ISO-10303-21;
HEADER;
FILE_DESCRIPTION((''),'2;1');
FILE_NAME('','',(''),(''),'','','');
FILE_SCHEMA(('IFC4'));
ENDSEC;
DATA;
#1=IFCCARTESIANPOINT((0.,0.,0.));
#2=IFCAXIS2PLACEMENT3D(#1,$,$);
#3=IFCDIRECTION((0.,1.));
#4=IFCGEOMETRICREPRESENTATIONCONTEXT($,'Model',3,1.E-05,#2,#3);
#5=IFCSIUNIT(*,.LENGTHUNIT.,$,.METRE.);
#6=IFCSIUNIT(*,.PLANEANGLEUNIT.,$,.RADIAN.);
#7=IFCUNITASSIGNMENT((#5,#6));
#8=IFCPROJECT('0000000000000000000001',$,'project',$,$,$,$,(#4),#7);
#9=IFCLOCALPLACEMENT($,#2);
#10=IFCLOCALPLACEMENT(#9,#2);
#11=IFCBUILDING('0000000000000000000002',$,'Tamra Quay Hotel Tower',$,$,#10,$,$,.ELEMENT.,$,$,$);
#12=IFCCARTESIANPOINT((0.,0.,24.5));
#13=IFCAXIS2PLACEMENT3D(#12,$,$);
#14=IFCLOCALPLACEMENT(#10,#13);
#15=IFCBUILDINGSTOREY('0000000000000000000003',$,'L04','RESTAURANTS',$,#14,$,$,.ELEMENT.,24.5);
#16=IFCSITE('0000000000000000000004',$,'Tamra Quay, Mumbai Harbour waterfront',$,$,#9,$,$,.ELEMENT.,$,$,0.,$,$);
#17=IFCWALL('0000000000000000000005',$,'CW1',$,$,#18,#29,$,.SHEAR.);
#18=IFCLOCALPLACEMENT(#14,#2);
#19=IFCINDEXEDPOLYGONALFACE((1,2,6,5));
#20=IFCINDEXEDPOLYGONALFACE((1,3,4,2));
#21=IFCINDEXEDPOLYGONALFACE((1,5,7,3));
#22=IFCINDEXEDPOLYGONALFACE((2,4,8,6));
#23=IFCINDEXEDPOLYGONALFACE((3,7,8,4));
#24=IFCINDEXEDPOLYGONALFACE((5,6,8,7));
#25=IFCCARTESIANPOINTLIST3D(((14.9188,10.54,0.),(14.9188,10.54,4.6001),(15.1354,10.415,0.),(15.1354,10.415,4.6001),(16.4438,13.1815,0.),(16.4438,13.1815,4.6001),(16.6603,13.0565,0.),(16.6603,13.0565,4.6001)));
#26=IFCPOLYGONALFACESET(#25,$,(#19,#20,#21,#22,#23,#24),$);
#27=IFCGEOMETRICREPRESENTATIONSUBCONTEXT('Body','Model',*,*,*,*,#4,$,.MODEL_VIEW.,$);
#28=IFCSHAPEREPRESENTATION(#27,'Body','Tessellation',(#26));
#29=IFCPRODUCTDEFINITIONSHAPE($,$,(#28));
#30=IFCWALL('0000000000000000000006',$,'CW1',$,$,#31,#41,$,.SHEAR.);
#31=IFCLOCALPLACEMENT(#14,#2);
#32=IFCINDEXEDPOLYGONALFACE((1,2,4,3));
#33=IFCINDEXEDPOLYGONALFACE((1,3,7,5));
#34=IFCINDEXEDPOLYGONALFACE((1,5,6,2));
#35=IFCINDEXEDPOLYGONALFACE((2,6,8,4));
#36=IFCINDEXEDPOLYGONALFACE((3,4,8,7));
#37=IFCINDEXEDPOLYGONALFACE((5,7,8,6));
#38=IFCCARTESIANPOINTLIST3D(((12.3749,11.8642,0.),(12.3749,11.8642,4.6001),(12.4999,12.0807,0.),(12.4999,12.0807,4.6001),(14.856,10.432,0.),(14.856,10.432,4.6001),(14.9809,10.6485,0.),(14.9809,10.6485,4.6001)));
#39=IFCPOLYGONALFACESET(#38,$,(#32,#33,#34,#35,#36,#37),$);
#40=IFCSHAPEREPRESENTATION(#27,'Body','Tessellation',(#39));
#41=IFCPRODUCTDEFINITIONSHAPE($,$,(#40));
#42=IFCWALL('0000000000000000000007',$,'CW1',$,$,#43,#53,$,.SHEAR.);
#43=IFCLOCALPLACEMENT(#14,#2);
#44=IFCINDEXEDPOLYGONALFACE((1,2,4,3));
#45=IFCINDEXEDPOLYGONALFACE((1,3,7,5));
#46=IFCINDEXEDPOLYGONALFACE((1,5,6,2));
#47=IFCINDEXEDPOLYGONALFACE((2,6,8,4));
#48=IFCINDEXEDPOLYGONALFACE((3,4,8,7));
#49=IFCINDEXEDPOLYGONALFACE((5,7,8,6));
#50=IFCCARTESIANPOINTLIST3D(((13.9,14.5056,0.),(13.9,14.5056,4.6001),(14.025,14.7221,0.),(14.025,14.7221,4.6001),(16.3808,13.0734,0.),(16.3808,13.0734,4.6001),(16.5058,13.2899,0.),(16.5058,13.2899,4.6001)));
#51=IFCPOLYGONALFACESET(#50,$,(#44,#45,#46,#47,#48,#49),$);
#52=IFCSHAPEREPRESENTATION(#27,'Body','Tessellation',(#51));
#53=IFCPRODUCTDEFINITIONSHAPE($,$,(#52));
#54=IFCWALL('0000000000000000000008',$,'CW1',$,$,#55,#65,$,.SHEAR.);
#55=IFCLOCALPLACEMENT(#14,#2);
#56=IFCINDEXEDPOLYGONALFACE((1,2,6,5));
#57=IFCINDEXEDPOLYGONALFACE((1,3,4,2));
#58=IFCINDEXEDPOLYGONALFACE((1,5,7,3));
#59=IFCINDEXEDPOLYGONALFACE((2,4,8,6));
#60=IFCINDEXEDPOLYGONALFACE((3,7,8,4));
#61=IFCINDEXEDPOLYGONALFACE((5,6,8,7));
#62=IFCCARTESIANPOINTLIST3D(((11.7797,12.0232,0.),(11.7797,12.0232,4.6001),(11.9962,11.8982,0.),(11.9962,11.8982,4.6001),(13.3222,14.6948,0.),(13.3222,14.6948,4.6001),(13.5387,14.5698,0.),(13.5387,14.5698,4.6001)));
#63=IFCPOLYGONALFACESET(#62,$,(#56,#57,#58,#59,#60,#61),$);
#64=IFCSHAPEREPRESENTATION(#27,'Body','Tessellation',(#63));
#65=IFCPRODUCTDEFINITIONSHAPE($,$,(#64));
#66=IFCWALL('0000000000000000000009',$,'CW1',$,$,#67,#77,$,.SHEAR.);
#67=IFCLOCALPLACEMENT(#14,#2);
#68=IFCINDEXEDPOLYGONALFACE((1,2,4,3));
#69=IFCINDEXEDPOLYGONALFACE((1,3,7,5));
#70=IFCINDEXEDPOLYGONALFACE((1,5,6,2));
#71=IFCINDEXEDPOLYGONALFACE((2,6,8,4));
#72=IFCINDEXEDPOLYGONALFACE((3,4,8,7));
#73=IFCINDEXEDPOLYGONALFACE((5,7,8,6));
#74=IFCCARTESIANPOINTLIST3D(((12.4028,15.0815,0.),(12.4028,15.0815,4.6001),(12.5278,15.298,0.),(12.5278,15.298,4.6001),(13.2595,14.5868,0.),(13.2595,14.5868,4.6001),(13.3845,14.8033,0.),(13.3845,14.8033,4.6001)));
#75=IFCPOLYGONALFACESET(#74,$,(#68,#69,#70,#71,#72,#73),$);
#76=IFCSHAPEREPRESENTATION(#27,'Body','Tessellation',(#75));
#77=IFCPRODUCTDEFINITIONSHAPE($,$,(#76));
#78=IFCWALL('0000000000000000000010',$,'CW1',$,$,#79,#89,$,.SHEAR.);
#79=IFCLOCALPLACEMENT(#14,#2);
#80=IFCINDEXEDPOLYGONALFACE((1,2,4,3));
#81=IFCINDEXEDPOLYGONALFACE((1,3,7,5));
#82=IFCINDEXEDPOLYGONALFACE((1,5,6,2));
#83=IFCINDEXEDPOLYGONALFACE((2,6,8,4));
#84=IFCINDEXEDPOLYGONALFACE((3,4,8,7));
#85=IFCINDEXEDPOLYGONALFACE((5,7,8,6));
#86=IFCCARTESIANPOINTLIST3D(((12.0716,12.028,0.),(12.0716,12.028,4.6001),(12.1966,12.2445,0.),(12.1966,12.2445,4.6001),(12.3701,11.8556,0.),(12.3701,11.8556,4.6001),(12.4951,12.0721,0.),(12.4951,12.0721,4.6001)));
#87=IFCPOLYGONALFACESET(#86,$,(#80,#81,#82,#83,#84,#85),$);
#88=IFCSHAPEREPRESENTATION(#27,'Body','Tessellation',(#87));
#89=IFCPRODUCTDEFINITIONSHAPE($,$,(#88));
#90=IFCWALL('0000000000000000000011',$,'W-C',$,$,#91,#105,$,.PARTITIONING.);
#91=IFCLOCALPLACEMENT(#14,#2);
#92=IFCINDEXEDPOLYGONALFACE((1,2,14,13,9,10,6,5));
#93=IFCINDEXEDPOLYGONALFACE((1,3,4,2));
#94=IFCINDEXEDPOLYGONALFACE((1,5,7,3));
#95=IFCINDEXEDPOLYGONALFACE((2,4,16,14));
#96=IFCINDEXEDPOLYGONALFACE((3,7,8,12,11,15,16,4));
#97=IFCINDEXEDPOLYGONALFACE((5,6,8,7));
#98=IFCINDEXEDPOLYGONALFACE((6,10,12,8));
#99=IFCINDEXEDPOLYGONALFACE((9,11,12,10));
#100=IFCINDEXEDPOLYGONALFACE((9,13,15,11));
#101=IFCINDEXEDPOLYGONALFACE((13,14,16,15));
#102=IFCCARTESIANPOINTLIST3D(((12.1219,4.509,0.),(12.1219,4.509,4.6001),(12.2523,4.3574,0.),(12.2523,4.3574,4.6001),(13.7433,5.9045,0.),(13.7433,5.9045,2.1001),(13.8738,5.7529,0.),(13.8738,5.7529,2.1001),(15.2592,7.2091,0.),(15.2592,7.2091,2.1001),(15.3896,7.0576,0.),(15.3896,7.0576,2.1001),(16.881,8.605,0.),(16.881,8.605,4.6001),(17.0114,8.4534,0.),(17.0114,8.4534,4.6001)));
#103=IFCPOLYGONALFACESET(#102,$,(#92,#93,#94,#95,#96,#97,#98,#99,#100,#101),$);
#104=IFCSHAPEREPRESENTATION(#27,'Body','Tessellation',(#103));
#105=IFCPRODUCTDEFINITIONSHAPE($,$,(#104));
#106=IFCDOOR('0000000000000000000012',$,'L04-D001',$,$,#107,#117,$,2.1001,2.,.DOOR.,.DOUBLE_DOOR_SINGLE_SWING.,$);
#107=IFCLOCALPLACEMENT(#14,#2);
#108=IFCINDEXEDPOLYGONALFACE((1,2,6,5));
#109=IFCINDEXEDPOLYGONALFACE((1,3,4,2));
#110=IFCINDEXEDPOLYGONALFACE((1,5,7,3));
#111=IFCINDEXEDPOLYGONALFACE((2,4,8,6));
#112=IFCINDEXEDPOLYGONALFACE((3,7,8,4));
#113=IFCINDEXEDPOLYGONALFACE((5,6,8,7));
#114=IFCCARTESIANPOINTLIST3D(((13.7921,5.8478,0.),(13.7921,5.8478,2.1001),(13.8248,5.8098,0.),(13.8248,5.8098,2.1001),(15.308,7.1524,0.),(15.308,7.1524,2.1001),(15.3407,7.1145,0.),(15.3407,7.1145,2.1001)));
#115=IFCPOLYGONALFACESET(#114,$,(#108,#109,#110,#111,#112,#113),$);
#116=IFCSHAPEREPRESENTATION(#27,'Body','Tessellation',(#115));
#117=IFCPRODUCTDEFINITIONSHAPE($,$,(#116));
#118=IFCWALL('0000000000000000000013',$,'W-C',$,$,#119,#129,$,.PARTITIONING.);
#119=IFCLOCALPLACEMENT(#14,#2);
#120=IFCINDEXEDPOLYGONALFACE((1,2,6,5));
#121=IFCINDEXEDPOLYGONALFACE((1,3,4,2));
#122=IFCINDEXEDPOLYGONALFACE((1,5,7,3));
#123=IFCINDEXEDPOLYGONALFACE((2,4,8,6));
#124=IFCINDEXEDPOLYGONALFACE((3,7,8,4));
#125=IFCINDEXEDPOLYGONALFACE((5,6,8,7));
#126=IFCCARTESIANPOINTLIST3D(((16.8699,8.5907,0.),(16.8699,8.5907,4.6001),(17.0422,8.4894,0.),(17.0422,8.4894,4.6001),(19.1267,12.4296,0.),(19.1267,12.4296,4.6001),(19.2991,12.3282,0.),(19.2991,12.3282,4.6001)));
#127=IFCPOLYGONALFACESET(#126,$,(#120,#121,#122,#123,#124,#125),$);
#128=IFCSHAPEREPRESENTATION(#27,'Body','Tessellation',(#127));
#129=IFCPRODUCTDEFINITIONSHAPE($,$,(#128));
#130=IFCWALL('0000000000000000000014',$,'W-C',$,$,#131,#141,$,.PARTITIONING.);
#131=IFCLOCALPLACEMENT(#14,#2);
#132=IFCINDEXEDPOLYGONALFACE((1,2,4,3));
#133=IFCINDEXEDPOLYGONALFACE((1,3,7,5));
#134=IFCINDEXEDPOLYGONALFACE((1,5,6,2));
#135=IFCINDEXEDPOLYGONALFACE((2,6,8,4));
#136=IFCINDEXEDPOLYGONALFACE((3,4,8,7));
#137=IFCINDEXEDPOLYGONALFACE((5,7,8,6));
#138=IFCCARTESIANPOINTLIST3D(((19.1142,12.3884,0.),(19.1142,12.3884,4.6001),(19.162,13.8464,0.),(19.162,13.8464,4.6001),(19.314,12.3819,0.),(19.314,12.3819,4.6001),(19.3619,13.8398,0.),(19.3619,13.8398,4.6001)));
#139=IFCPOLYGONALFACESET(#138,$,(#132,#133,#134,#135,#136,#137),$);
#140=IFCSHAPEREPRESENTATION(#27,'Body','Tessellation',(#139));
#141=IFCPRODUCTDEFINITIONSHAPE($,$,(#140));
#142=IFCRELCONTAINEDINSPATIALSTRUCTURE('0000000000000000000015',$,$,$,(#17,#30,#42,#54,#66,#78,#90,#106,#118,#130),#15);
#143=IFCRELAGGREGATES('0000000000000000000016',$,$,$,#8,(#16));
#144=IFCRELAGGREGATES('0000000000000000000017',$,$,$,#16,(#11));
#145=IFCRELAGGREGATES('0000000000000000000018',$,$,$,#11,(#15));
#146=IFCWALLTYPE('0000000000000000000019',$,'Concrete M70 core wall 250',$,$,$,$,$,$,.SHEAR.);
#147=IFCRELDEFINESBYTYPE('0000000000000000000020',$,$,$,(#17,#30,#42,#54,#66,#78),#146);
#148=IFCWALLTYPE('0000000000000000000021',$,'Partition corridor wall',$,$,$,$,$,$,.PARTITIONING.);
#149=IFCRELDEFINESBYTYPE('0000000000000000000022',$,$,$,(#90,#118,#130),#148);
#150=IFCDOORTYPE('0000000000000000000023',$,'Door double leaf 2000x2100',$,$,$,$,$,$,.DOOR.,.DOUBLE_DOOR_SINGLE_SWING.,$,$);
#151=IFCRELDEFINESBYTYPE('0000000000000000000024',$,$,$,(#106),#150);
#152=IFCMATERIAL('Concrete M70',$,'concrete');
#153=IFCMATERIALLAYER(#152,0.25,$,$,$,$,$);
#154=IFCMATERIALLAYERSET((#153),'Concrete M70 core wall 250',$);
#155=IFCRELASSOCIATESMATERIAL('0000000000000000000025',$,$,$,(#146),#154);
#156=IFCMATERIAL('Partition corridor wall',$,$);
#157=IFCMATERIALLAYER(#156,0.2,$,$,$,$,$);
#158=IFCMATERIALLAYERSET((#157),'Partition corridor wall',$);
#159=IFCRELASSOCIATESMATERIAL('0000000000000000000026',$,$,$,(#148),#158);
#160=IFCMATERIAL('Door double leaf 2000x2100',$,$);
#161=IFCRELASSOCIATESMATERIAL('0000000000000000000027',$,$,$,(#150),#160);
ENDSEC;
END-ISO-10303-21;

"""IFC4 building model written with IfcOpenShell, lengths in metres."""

from ifc_helpers import new_model, si_unit, direction, frame, frame_2d, origin, place, context, subcontext, project, spatial, rectangle, extrude, material, layer, layer_set, type_object, element, fill, save


model = new_model("IFC4")

# Units and contexts
model_context = context("Model", 3, precision=1e-05, world=origin(), true_north=direction((0.0, 1.0)))
body_context = subcontext(model_context, "Body", "Model", "MODEL_VIEW")
ifc_project = project(units=[si_unit("LENGTHUNIT", "METRE"), si_unit("PLANEANGLEUNIT", "RADIAN")], contexts=[model_context])

# Site, building, storey
site_placement = place(None, origin())
site = spatial("IfcSite", under=ifc_project, at=site_placement, Name="Tamra Quay, Mumbai Harbour waterfront", CompositionType="ELEMENT", RefElevation=0.0)
building_placement = place(site_placement, origin())
building = spatial("IfcBuilding", under=site, at=building_placement, Name="Tamra Quay Hotel Tower", CompositionType="ELEMENT")
storey_placement = place(building_placement, frame((0.0, 0.0, 24.5)))
storey = spatial("IfcBuildingStorey", under=building, at=storey_placement, Name="L04", Description="RESTAURANTS", CompositionType="ELEMENT", Elevation=24.5)

# Shared definitions
ifc_material_1 = material(Name="Concrete M70", Category="concrete")

# Walls
ifc_layer_1 = layer(ifc_material_1, 0.25)
ifc_layer_set_1 = layer_set([ifc_layer_1], Name="Concrete M70 core wall 250")
wall_type_1 = type_object("IfcWallType", Name="Concrete M70 core wall 250", PredefinedType="SHEAR", material=ifc_layer_set_1)
wall_1_placement = place(storey_placement, frame((16.552, 13.1189, 0.0), z_axis=(0.0, 0.0, 1.0), x_axis=(-0.499979, -0.866038, 0.0)))
element("IfcWall", 1, at=wall_1_placement, inside=storey, type_object=wall_type_1, Name="CW1", PredefinedType="SHEAR", context=body_context, shape_type="SweptSolid", body=[
    extrude(rectangle(XDim=3.05, YDim=0.25, at=frame_2d((1.5249, 0.0))), origin(), (0.0, 0.0, 1.0), 4.6001),
])
wall_2_placement = place(storey_placement, frame((14.9185, 10.5403, 0.0), z_axis=(0.0, 0.0, 1.0), x_axis=(-0.866064, 0.499934, 0.0)))
element("IfcWall", 2, at=wall_2_placement, inside=storey, type_object=wall_type_1, Name="CW1", PredefinedType="SHEAR", context=body_context, shape_type="SweptSolid", body=[
    extrude(rectangle(XDim=2.8647, YDim=0.25, at=frame_2d((1.4324, 0.0))), origin(), (0.0, 0.0, 1.0), 4.6001),
])
wall_3_placement = place(storey_placement, frame((13.9626, 14.6138, 0.0), z_axis=(0.0, 0.0, 1.0), x_axis=(0.866042, -0.499971, 0.0)))
element("IfcWall", 3, at=wall_3_placement, inside=storey, type_object=wall_type_1, Name="CW1", PredefinedType="SHEAR", context=body_context, shape_type="SweptSolid", body=[
    extrude(rectangle(XDim=2.8645, YDim=0.25, at=frame_2d((1.4321, 0.0))), origin(), (0.0, 0.0, 1.0), 4.6001),
])
wall_4_placement = place(storey_placement, frame((11.8879, 11.9607, 0.0), z_axis=(0.0, 0.0, 1.0), x_axis=(0.500003, 0.866023, 0.0)))
element("IfcWall", 4, at=wall_4_placement, inside=storey, type_object=wall_type_1, Name="CW1", PredefinedType="SHEAR", context=body_context, shape_type="SweptSolid", body=[
    extrude(rectangle(XDim=3.085, YDim=0.25, at=frame_2d((1.5425, 0.0))), origin(), (0.0, 0.0, 1.0), 4.6001),
])
wall_5_placement = place(storey_placement, frame((13.322, 14.6951, 0.0), z_axis=(0.0, 0.0, 1.0), x_axis=(-0.866017, 0.500014, 0.0)))
element("IfcWall", 5, at=wall_5_placement, inside=storey, type_object=wall_type_1, Name="CW1", PredefinedType="SHEAR", context=body_context, shape_type="SweptSolid", body=[
    extrude(rectangle(XDim=0.9893, YDim=0.25, at=frame_2d((0.4946, 0.0))), origin(), (0.0, 0.0, 1.0), 4.6001),
])
wall_6_placement = place(storey_placement, frame((12.4326, 11.9639, 0.0), z_axis=(0.0, 0.0, 1.0), x_axis=(-0.866056, 0.499947, 0.0)))
element("IfcWall", 6, at=wall_6_placement, inside=storey, type_object=wall_type_1, Name="CW1", PredefinedType="SHEAR", context=body_context, shape_type="SweptSolid", body=[
    extrude(rectangle(XDim=0.3447, YDim=0.25, at=frame_2d((0.1724, 0.0))), origin(), (0.0, 0.0, 1.0), 4.6001),
])

# Wall, opening, door
ifc_material_2 = material(Name="Partition corridor wall")
ifc_layer_2 = layer(ifc_material_2, 0.2)
ifc_layer_set_2 = layer_set([ifc_layer_2], Name="Partition corridor wall")
wall_type_2 = type_object("IfcWallType", Name="Partition corridor wall", PredefinedType="PARTITIONING", material=ifc_layer_set_2)
wall_7_placement = place(storey_placement, frame((12.187, 4.4331, 0.0), z_axis=(0.0, 0.0, 1.0), x_axis=(0.757935, 0.65233, 0.0)))
wall_7 = element("IfcWall", 7, at=wall_7_placement, inside=storey, type_object=wall_type_2, Name="W-C", PredefinedType="PARTITIONING", context=body_context, shape_type="SweptSolid", body=[
    extrude(rectangle(XDim=6.2791, YDim=0.2, at=frame_2d((3.1396, 0.0))), origin(), (0.0, 0.0, 1.0), 4.6001),
])
opening_1_placement = place(wall_7_placement, frame((2.1394, 0.0, 0.0)))
opening_1 = element("IfcOpeningElement", 8, at=opening_1_placement, cuts=wall_7, PredefinedType="OPENING", context=body_context, shape_type="SweptSolid", body=[
    extrude(rectangle(XDim=2.0, YDim=2.1001, at=frame_2d((1.0, 1.05))), frame((0.0, 0.1099, 0.0), z_axis=(0.0, -1.0, 0.0), x_axis=(1.0, 0.0, 0.0)), (0.0, 0.0, 1.0), 0.22),
])
ifc_material_3 = material(Name="Door double leaf 2000x2100")
door_type_1 = type_object("IfcDoorType", Name="Door double leaf 2000x2100", OperationType="DOUBLE_DOOR_SINGLE_SWING", PredefinedType="DOOR", material=ifc_material_3)
door_1_placement = place(opening_1_placement, frame((2.0, 0.0, 0.0), z_axis=(0.0, 0.0, 1.0), x_axis=(-1.0, 0.0, 0.0)))
door_1 = element("IfcDoor", 9, at=door_1_placement, inside=storey, type_object=door_type_1, Name="L04-D001", OperationType="DOUBLE_DOOR_SINGLE_SWING", OverallHeight=2.1001, OverallWidth=2.0, PredefinedType="DOOR", context=body_context, shape_type="SweptSolid", body=[
    extrude(rectangle(XDim=2.0, YDim=2.1001, at=frame_2d((1.0, 1.05))), frame((0.0, 0.0249, 0.0), z_axis=(0.0, -1.0, 0.0), x_axis=(1.0, 0.0, 0.0)), (0.0, 0.0, 1.0), 0.05),
])
fill(opening_1, door_1)

# Walls
wall_8_placement = place(storey_placement, frame((16.9561, 8.54, 0.0), z_axis=(0.0, 0.0, 1.0), x_axis=(0.5068, 0.862064, 0.0)))
element("IfcWall", 10, at=wall_8_placement, inside=storey, type_object=wall_type_2, Name="W-C", PredefinedType="PARTITIONING", context=body_context, shape_type="SweptSolid", body=[
    extrude(rectangle(XDim=4.4531, YDim=0.2, at=frame_2d((2.2266, 0.0))), origin(), (0.0, 0.0, 1.0), 4.6001),
])
wall_9_placement = place(storey_placement, frame((19.2141, 12.385, 0.0), z_axis=(0.0, 0.0, 1.0), x_axis=(0.032802, 0.999462, 0.0)))
element("IfcWall", 11, at=wall_9_placement, inside=storey, type_object=wall_type_2, Name="W-C", PredefinedType="PARTITIONING", context=body_context, shape_type="SweptSolid", body=[
    extrude(rectangle(XDim=1.4587, YDim=0.2, at=frame_2d((0.7295, 0.0))), origin(), (0.0, 0.0, 1.0), 4.6001),
])

save(model, "model.ifc")
